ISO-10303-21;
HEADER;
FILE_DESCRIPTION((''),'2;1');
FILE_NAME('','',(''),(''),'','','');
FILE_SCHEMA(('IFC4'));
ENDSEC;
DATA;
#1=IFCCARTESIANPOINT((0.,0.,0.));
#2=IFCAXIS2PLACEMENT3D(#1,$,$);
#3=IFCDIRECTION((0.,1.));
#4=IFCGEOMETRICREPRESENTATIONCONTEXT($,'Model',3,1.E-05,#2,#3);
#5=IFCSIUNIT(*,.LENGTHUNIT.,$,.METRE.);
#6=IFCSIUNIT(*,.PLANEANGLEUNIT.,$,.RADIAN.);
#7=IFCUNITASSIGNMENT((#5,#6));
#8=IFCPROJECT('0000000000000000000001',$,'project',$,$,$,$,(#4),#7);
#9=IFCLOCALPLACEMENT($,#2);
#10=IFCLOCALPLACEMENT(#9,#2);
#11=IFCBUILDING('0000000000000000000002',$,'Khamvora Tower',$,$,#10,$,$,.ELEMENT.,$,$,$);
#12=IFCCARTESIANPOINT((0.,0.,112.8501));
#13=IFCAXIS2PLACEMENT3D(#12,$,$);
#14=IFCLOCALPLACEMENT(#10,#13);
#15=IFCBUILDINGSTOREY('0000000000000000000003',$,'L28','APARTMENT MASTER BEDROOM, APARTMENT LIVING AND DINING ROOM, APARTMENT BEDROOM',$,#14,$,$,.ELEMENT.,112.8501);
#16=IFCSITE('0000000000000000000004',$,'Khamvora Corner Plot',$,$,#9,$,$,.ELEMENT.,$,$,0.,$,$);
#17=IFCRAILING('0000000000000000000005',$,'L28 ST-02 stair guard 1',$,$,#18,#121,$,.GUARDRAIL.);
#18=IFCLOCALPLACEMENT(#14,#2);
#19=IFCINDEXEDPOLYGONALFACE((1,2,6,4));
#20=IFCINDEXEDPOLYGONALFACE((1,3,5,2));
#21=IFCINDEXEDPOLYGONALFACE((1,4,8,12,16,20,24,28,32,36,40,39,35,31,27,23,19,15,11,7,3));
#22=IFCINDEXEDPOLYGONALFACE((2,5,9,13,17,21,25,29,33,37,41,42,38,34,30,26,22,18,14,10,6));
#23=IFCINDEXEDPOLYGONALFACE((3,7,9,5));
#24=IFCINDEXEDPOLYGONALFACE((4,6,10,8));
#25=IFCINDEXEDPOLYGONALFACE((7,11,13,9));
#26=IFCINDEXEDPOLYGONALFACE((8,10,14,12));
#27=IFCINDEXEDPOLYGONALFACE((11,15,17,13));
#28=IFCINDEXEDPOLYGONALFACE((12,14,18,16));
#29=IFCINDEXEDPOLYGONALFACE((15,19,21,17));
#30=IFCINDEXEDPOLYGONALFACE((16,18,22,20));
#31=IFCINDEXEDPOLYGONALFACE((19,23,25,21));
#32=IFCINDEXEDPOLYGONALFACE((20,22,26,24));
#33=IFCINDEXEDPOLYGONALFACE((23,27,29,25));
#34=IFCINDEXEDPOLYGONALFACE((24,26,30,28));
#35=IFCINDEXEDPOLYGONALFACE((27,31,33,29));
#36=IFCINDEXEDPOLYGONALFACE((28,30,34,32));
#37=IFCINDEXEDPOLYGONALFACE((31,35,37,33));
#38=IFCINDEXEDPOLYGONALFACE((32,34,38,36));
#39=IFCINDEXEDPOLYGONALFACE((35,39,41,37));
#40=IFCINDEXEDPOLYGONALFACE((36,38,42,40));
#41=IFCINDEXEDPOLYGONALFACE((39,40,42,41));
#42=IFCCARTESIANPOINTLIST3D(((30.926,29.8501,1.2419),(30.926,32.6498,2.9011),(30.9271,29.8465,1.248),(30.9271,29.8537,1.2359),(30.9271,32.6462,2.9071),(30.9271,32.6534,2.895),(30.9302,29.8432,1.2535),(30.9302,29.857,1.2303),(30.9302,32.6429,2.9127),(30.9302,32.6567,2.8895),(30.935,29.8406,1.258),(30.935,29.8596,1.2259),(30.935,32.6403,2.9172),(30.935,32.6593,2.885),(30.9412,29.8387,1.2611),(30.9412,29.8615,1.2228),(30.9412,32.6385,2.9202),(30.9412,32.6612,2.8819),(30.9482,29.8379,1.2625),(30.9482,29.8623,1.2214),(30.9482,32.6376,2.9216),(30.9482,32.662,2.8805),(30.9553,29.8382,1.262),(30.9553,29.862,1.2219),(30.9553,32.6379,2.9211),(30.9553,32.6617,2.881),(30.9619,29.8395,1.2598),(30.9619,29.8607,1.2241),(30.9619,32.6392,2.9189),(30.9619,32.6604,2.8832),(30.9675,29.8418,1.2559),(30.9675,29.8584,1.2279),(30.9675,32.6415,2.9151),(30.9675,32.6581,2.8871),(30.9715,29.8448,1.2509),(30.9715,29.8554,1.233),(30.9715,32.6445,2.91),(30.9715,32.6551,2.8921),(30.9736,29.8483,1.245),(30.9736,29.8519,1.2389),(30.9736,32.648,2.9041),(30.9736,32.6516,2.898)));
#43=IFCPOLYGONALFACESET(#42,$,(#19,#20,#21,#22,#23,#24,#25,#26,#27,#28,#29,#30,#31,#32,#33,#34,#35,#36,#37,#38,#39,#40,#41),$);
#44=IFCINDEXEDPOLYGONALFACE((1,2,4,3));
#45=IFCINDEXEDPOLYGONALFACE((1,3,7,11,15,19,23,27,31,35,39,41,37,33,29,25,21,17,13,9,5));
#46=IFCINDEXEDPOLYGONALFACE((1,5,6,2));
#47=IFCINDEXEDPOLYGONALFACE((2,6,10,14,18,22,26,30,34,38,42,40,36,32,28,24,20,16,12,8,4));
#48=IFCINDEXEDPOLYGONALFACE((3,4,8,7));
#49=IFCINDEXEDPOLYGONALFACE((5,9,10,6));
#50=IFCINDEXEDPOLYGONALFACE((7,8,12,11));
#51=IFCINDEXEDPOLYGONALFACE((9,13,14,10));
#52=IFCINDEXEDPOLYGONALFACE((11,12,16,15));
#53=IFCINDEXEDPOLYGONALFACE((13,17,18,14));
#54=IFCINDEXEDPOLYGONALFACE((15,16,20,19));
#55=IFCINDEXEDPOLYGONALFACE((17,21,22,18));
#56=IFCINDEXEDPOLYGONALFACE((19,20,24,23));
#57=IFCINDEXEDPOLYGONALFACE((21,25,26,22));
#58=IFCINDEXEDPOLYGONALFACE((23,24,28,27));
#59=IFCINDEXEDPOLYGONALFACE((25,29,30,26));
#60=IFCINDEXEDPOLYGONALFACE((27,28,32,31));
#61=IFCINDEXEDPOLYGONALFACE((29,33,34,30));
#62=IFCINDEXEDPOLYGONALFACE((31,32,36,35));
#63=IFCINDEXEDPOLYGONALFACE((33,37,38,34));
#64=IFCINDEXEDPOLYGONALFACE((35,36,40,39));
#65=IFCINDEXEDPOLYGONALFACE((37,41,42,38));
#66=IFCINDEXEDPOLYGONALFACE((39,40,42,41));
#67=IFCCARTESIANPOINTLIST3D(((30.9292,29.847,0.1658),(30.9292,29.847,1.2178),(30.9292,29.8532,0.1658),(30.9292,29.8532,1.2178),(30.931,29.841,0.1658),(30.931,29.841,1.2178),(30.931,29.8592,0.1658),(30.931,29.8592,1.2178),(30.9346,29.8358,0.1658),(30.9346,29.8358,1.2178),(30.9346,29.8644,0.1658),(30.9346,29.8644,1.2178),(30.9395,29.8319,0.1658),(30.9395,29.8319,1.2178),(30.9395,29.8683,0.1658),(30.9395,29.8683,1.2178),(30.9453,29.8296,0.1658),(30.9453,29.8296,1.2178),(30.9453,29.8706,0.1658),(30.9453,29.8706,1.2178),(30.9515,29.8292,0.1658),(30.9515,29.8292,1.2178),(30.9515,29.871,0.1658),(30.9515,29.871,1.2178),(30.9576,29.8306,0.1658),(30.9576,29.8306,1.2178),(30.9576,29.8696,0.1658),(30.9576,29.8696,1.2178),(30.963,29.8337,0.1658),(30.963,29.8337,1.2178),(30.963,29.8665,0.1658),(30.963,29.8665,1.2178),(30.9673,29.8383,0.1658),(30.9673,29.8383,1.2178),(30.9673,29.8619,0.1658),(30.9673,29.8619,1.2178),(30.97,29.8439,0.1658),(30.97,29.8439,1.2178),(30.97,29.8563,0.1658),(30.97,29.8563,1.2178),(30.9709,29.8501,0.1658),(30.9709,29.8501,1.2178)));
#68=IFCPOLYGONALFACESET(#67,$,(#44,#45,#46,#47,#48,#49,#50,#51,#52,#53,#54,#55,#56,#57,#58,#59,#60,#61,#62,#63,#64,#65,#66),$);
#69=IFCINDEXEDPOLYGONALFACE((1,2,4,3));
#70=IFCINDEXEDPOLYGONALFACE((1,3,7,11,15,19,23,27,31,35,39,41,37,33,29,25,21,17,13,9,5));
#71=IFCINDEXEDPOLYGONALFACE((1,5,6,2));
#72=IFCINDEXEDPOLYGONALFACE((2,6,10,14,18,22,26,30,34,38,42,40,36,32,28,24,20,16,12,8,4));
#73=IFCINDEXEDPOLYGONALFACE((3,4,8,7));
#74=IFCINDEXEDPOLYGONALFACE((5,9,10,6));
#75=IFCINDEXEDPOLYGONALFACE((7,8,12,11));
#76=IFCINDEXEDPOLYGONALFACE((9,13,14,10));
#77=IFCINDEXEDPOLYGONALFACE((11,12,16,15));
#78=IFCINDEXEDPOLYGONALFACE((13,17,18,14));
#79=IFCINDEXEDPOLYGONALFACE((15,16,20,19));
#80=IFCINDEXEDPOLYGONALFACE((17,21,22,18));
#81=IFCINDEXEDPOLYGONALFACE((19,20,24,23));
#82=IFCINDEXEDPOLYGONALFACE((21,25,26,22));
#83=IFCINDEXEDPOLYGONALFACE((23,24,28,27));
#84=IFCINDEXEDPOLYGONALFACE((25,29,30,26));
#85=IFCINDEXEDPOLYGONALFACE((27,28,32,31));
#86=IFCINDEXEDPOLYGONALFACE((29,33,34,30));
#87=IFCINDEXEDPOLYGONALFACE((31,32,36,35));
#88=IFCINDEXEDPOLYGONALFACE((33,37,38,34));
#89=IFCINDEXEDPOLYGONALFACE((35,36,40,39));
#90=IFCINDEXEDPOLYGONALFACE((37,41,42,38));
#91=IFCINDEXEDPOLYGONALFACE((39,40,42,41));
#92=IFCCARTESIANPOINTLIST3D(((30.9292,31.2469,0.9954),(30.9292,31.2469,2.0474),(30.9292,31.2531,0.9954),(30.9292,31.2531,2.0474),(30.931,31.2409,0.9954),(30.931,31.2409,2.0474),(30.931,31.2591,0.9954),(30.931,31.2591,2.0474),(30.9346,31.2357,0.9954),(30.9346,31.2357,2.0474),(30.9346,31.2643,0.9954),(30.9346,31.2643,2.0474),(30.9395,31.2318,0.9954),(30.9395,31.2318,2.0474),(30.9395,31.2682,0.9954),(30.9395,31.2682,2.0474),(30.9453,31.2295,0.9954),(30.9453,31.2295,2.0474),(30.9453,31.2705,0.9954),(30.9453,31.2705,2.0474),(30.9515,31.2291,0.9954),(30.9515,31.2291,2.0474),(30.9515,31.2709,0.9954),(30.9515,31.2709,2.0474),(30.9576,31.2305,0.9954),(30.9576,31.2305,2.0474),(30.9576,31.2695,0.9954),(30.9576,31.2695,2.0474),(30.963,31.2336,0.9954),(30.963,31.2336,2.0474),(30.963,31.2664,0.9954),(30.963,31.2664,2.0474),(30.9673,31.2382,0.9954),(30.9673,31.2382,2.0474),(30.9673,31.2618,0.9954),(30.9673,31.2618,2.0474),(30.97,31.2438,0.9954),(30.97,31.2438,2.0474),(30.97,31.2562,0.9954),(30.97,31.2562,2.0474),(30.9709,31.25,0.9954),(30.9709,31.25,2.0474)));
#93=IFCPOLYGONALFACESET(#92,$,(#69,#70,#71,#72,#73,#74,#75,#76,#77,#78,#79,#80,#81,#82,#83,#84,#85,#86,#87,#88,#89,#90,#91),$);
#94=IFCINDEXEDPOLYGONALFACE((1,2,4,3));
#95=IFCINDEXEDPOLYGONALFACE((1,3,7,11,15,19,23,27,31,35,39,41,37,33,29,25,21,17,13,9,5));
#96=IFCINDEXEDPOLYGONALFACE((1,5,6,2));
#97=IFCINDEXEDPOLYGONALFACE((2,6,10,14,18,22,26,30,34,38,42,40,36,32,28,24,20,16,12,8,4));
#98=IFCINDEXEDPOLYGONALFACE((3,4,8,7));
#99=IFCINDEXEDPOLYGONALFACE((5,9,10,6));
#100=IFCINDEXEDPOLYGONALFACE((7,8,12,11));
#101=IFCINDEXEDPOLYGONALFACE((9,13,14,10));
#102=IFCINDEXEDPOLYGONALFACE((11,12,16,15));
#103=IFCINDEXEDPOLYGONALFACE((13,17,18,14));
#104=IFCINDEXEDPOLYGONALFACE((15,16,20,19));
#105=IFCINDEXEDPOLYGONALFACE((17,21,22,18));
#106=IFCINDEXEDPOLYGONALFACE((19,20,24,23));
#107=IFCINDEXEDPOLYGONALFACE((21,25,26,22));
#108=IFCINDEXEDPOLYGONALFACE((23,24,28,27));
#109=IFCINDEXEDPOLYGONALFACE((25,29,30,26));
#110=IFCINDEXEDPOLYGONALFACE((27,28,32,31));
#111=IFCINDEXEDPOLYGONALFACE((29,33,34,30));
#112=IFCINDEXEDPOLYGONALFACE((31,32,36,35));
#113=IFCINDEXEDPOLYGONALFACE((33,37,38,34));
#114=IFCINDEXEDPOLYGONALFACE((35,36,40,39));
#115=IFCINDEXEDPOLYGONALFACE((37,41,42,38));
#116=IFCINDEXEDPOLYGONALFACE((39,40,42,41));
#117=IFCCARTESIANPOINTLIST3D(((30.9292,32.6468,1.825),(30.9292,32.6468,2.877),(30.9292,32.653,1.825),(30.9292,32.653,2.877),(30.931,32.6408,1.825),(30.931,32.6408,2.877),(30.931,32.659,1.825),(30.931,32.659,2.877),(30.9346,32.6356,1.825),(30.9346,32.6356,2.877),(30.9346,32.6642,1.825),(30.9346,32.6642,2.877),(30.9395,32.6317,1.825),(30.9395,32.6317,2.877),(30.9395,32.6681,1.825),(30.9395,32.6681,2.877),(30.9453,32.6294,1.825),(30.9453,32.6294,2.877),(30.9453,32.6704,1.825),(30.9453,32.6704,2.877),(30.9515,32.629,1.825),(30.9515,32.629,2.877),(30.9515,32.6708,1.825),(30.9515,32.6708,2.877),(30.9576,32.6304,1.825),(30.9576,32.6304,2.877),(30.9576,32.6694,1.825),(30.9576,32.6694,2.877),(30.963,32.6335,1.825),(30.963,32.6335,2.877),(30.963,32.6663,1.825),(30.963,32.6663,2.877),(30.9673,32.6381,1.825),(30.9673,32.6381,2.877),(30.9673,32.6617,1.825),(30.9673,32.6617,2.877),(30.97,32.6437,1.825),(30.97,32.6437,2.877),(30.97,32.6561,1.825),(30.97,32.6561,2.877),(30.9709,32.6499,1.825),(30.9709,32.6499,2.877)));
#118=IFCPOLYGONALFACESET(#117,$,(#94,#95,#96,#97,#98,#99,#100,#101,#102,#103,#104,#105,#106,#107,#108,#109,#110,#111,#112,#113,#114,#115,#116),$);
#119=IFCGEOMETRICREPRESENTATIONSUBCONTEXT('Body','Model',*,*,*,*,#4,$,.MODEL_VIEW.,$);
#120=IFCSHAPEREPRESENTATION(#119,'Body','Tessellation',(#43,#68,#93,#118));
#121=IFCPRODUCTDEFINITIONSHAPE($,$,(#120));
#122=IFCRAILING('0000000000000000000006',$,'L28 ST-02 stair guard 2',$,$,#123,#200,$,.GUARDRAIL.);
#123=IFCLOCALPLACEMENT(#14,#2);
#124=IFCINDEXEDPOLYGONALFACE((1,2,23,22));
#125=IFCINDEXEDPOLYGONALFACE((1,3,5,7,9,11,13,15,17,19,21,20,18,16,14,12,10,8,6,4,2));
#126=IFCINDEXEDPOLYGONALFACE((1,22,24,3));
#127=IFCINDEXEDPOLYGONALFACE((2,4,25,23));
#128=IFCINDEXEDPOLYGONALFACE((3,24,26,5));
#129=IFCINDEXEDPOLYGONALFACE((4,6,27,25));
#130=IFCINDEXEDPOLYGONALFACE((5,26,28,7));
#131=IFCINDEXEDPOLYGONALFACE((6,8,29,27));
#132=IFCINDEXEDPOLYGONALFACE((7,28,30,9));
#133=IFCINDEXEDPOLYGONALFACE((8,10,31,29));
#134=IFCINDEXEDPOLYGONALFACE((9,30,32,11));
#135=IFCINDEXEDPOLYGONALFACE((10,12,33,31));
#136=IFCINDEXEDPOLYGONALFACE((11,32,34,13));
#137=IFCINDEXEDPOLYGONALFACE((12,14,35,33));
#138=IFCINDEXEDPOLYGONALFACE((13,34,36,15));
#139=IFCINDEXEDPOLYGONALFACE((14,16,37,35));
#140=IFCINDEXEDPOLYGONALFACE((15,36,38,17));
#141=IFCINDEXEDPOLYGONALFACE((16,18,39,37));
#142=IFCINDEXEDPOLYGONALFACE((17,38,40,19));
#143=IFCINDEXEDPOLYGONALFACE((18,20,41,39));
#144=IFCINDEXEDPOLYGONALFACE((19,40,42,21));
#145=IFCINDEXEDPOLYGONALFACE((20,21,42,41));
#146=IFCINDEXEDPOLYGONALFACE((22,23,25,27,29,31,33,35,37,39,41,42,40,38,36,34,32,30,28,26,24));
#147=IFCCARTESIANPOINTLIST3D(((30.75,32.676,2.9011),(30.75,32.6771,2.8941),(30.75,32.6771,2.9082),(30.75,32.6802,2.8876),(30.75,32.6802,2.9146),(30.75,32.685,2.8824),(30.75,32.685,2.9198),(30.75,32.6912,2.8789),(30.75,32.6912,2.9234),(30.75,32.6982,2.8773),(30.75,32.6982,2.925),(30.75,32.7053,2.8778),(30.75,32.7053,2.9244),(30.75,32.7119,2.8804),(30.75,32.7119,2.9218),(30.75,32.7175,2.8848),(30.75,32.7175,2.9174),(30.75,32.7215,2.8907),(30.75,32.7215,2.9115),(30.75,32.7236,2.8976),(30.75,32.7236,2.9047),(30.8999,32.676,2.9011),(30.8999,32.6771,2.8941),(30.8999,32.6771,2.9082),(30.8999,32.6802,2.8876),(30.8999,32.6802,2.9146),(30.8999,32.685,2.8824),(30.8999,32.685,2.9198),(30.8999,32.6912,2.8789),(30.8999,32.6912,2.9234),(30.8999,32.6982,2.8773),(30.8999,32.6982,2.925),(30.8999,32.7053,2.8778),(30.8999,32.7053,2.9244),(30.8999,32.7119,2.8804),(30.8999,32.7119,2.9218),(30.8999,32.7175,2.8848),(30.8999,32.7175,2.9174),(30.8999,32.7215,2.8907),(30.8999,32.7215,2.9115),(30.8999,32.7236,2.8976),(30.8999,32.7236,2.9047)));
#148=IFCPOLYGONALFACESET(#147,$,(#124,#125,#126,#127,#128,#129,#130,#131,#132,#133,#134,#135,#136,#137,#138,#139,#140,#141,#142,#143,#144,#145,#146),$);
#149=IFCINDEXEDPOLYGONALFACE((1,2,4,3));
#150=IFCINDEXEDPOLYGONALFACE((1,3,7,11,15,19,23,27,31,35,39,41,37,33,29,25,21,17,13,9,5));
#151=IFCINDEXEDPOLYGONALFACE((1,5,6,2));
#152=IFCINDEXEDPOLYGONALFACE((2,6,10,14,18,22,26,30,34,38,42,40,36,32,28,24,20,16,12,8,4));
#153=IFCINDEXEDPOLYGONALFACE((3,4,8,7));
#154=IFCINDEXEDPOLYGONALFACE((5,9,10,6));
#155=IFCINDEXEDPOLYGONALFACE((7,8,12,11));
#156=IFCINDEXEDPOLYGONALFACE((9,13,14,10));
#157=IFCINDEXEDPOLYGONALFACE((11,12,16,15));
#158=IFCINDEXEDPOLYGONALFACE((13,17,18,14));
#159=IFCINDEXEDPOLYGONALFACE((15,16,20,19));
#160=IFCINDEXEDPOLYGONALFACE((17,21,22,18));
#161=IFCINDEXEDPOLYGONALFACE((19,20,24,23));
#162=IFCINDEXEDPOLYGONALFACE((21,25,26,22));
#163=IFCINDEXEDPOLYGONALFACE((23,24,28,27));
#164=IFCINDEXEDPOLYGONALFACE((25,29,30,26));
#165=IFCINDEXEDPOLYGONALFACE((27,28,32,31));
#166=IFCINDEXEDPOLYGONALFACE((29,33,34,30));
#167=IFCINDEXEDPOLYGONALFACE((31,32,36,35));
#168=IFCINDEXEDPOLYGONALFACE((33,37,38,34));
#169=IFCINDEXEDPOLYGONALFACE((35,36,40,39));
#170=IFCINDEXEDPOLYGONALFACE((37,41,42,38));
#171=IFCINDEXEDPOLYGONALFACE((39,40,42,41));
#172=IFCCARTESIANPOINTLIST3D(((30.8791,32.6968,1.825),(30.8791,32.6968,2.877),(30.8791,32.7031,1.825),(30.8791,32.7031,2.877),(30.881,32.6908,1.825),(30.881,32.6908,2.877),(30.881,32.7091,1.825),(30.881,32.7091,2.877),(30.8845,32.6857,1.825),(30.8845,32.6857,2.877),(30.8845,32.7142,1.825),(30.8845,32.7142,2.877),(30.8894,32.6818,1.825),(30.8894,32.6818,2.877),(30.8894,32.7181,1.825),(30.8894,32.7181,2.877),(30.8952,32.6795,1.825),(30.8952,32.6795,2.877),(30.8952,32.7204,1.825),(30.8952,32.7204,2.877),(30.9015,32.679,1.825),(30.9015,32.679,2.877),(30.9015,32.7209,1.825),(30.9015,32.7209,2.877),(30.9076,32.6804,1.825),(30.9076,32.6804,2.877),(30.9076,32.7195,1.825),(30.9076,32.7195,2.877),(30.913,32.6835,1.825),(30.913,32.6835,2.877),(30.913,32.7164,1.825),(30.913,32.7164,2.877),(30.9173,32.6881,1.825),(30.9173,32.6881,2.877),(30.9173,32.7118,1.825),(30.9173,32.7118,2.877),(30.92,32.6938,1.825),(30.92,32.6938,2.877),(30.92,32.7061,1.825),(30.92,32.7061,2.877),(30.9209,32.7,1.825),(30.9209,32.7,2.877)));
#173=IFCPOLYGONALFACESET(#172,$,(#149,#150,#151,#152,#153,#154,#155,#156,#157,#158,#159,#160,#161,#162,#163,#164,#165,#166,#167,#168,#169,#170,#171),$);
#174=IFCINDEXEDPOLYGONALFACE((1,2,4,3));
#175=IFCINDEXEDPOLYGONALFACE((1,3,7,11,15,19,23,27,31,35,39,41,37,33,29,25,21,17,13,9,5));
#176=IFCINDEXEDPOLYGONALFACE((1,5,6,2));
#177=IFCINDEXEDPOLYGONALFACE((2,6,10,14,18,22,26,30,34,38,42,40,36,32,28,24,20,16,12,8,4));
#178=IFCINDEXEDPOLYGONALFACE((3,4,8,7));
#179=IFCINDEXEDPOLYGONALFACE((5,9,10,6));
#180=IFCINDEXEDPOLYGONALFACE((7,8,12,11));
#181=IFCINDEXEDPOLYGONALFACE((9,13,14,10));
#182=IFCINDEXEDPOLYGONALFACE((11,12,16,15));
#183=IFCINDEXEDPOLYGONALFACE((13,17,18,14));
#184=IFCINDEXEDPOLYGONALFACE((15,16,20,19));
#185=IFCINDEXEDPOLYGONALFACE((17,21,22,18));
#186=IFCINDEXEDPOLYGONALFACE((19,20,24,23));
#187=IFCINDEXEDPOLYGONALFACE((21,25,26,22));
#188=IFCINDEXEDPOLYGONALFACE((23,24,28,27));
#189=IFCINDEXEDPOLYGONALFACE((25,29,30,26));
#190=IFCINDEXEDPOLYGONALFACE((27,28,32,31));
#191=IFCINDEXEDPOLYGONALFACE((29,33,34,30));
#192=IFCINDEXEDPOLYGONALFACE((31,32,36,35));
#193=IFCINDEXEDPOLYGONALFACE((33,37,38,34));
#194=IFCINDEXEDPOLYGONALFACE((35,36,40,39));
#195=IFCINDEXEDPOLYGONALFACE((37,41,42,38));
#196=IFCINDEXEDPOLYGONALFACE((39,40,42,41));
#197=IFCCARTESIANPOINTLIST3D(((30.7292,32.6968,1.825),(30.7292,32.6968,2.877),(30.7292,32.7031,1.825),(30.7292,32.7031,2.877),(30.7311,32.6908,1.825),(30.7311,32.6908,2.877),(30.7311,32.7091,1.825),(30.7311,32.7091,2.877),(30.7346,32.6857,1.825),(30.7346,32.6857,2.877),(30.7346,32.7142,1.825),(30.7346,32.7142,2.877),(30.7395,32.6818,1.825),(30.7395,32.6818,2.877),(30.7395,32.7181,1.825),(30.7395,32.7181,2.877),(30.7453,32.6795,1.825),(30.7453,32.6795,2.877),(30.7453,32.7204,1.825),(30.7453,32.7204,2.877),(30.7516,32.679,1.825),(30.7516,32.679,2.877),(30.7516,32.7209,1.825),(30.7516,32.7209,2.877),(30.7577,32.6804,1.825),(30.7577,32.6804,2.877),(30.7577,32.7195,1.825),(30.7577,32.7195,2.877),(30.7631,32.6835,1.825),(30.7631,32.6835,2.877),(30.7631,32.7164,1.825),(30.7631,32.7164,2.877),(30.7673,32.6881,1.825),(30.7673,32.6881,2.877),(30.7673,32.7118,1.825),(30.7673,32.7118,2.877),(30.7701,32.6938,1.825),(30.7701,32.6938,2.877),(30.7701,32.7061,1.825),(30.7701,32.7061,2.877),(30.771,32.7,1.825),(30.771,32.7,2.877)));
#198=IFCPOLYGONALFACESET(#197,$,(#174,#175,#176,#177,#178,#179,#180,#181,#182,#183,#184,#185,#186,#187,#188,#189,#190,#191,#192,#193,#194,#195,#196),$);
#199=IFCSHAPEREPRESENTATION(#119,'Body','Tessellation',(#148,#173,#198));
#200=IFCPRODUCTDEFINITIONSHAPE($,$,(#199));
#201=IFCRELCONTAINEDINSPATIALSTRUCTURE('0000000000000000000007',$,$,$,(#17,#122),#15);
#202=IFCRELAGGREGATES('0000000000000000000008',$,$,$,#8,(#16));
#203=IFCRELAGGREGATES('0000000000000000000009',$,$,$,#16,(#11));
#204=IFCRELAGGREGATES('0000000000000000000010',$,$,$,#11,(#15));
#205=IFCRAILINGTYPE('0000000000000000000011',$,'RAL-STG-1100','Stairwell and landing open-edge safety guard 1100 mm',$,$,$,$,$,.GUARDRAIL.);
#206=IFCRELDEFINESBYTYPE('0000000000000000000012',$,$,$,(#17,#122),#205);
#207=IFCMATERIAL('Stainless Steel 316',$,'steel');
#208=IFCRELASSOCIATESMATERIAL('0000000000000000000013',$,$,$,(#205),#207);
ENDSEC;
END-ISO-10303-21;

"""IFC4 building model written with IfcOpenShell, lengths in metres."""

from ifc_helpers import new_model, si_unit, direction, frame, origin, origin_2d, place, context, subcontext, project, spatial, circle, extrude, material, type_object, element, save


model = new_model("IFC4")

# Units and contexts
model_context = context("Model", 3, precision=1e-05, world=origin(), true_north=direction((0.0, 1.0)))
body_context = subcontext(model_context, "Body", "Model", "MODEL_VIEW")
ifc_project = project(units=[si_unit("LENGTHUNIT", "METRE"), si_unit("PLANEANGLEUNIT", "RADIAN")], contexts=[model_context])

# Site, building, storey
site_placement = place(None, origin())
site = spatial("IfcSite", under=ifc_project, at=site_placement, Name="Khamvora Corner Plot", CompositionType="ELEMENT", RefElevation=0.0)
building_placement = place(site_placement, origin())
building = spatial("IfcBuilding", under=site, at=building_placement, Name="Khamvora Tower", CompositionType="ELEMENT")
storey_placement = place(building_placement, frame((0.0, 0.0, 112.8501)))
storey = spatial("IfcBuildingStorey", under=building, at=storey_placement, Name="L28", Description="APARTMENT MASTER BEDROOM, APARTMENT LIVING AND DINING ROOM, APARTMENT BEDROOM", CompositionType="ELEMENT", Elevation=112.8501)

# Railings
ifc_material_1 = material(Name="Stainless Steel 316", Category="steel")
railing_type_1 = type_object("IfcRailingType", Name="RAL-STG-1100", Description="Stairwell and landing open-edge safety guard 1100 mm", PredefinedType="GUARDRAIL", material=ifc_material_1)
railing_1_placement = place(storey_placement, frame((30.95, 29.8501, 0.1658)))
element("IfcRailing", 1, at=railing_1_placement, inside=storey, type_object=railing_type_1, Name="L28 ST-02 stair guard 1", PredefinedType="GUARDRAIL", context=body_context, shape_type="SweptSolid", body=[
    extrude(circle(Radius=0.0239, at=origin_2d()), frame((0.0, 0.0, 1.0762), z_axis=(0.0, 0.860287, 0.509811), x_axis=(-1.0, 0.0, 0.0)), (0.0, 0.0, 1.0), 3.2544),
    extrude(circle(Radius=0.021, at=origin_2d()), origin(), (0.0, 0.0, 1.0), 1.052),
    extrude(circle(Radius=0.021, at=origin_2d()), frame((0.0, 1.3999, 0.8296)), (0.0, 0.0, 1.0), 1.052),
    extrude(circle(Radius=0.021, at=origin_2d()), frame((0.0, 2.7998, 1.6592)), (0.0, 0.0, 1.0), 1.052),
])
railing_2_placement = place(storey_placement, frame((30.8999, 32.7, 1.825)))
element("IfcRailing", 2, at=railing_2_placement, inside=storey, type_object=railing_type_1, Name="L28 ST-02 stair guard 2", PredefinedType="GUARDRAIL", context=body_context, shape_type="SweptSolid", body=[
    extrude(circle(Radius=0.0239, at=origin_2d()), frame((0.0, 0.0, 1.0762), z_axis=(-1.0, 0.0, 0.0), x_axis=(0.0, -1.0, 0.0)), (0.0, 0.0, 1.0), 0.1499),
    extrude(circle(Radius=0.021, at=origin_2d()), origin(), (0.0, 0.0, 1.0), 1.052),
    extrude(circle(Radius=0.021, at=origin_2d()), frame((-0.1499, 0.0, 0.0)), (0.0, 0.0, 1.0), 1.052),
])

save(model, "model.ifc")
